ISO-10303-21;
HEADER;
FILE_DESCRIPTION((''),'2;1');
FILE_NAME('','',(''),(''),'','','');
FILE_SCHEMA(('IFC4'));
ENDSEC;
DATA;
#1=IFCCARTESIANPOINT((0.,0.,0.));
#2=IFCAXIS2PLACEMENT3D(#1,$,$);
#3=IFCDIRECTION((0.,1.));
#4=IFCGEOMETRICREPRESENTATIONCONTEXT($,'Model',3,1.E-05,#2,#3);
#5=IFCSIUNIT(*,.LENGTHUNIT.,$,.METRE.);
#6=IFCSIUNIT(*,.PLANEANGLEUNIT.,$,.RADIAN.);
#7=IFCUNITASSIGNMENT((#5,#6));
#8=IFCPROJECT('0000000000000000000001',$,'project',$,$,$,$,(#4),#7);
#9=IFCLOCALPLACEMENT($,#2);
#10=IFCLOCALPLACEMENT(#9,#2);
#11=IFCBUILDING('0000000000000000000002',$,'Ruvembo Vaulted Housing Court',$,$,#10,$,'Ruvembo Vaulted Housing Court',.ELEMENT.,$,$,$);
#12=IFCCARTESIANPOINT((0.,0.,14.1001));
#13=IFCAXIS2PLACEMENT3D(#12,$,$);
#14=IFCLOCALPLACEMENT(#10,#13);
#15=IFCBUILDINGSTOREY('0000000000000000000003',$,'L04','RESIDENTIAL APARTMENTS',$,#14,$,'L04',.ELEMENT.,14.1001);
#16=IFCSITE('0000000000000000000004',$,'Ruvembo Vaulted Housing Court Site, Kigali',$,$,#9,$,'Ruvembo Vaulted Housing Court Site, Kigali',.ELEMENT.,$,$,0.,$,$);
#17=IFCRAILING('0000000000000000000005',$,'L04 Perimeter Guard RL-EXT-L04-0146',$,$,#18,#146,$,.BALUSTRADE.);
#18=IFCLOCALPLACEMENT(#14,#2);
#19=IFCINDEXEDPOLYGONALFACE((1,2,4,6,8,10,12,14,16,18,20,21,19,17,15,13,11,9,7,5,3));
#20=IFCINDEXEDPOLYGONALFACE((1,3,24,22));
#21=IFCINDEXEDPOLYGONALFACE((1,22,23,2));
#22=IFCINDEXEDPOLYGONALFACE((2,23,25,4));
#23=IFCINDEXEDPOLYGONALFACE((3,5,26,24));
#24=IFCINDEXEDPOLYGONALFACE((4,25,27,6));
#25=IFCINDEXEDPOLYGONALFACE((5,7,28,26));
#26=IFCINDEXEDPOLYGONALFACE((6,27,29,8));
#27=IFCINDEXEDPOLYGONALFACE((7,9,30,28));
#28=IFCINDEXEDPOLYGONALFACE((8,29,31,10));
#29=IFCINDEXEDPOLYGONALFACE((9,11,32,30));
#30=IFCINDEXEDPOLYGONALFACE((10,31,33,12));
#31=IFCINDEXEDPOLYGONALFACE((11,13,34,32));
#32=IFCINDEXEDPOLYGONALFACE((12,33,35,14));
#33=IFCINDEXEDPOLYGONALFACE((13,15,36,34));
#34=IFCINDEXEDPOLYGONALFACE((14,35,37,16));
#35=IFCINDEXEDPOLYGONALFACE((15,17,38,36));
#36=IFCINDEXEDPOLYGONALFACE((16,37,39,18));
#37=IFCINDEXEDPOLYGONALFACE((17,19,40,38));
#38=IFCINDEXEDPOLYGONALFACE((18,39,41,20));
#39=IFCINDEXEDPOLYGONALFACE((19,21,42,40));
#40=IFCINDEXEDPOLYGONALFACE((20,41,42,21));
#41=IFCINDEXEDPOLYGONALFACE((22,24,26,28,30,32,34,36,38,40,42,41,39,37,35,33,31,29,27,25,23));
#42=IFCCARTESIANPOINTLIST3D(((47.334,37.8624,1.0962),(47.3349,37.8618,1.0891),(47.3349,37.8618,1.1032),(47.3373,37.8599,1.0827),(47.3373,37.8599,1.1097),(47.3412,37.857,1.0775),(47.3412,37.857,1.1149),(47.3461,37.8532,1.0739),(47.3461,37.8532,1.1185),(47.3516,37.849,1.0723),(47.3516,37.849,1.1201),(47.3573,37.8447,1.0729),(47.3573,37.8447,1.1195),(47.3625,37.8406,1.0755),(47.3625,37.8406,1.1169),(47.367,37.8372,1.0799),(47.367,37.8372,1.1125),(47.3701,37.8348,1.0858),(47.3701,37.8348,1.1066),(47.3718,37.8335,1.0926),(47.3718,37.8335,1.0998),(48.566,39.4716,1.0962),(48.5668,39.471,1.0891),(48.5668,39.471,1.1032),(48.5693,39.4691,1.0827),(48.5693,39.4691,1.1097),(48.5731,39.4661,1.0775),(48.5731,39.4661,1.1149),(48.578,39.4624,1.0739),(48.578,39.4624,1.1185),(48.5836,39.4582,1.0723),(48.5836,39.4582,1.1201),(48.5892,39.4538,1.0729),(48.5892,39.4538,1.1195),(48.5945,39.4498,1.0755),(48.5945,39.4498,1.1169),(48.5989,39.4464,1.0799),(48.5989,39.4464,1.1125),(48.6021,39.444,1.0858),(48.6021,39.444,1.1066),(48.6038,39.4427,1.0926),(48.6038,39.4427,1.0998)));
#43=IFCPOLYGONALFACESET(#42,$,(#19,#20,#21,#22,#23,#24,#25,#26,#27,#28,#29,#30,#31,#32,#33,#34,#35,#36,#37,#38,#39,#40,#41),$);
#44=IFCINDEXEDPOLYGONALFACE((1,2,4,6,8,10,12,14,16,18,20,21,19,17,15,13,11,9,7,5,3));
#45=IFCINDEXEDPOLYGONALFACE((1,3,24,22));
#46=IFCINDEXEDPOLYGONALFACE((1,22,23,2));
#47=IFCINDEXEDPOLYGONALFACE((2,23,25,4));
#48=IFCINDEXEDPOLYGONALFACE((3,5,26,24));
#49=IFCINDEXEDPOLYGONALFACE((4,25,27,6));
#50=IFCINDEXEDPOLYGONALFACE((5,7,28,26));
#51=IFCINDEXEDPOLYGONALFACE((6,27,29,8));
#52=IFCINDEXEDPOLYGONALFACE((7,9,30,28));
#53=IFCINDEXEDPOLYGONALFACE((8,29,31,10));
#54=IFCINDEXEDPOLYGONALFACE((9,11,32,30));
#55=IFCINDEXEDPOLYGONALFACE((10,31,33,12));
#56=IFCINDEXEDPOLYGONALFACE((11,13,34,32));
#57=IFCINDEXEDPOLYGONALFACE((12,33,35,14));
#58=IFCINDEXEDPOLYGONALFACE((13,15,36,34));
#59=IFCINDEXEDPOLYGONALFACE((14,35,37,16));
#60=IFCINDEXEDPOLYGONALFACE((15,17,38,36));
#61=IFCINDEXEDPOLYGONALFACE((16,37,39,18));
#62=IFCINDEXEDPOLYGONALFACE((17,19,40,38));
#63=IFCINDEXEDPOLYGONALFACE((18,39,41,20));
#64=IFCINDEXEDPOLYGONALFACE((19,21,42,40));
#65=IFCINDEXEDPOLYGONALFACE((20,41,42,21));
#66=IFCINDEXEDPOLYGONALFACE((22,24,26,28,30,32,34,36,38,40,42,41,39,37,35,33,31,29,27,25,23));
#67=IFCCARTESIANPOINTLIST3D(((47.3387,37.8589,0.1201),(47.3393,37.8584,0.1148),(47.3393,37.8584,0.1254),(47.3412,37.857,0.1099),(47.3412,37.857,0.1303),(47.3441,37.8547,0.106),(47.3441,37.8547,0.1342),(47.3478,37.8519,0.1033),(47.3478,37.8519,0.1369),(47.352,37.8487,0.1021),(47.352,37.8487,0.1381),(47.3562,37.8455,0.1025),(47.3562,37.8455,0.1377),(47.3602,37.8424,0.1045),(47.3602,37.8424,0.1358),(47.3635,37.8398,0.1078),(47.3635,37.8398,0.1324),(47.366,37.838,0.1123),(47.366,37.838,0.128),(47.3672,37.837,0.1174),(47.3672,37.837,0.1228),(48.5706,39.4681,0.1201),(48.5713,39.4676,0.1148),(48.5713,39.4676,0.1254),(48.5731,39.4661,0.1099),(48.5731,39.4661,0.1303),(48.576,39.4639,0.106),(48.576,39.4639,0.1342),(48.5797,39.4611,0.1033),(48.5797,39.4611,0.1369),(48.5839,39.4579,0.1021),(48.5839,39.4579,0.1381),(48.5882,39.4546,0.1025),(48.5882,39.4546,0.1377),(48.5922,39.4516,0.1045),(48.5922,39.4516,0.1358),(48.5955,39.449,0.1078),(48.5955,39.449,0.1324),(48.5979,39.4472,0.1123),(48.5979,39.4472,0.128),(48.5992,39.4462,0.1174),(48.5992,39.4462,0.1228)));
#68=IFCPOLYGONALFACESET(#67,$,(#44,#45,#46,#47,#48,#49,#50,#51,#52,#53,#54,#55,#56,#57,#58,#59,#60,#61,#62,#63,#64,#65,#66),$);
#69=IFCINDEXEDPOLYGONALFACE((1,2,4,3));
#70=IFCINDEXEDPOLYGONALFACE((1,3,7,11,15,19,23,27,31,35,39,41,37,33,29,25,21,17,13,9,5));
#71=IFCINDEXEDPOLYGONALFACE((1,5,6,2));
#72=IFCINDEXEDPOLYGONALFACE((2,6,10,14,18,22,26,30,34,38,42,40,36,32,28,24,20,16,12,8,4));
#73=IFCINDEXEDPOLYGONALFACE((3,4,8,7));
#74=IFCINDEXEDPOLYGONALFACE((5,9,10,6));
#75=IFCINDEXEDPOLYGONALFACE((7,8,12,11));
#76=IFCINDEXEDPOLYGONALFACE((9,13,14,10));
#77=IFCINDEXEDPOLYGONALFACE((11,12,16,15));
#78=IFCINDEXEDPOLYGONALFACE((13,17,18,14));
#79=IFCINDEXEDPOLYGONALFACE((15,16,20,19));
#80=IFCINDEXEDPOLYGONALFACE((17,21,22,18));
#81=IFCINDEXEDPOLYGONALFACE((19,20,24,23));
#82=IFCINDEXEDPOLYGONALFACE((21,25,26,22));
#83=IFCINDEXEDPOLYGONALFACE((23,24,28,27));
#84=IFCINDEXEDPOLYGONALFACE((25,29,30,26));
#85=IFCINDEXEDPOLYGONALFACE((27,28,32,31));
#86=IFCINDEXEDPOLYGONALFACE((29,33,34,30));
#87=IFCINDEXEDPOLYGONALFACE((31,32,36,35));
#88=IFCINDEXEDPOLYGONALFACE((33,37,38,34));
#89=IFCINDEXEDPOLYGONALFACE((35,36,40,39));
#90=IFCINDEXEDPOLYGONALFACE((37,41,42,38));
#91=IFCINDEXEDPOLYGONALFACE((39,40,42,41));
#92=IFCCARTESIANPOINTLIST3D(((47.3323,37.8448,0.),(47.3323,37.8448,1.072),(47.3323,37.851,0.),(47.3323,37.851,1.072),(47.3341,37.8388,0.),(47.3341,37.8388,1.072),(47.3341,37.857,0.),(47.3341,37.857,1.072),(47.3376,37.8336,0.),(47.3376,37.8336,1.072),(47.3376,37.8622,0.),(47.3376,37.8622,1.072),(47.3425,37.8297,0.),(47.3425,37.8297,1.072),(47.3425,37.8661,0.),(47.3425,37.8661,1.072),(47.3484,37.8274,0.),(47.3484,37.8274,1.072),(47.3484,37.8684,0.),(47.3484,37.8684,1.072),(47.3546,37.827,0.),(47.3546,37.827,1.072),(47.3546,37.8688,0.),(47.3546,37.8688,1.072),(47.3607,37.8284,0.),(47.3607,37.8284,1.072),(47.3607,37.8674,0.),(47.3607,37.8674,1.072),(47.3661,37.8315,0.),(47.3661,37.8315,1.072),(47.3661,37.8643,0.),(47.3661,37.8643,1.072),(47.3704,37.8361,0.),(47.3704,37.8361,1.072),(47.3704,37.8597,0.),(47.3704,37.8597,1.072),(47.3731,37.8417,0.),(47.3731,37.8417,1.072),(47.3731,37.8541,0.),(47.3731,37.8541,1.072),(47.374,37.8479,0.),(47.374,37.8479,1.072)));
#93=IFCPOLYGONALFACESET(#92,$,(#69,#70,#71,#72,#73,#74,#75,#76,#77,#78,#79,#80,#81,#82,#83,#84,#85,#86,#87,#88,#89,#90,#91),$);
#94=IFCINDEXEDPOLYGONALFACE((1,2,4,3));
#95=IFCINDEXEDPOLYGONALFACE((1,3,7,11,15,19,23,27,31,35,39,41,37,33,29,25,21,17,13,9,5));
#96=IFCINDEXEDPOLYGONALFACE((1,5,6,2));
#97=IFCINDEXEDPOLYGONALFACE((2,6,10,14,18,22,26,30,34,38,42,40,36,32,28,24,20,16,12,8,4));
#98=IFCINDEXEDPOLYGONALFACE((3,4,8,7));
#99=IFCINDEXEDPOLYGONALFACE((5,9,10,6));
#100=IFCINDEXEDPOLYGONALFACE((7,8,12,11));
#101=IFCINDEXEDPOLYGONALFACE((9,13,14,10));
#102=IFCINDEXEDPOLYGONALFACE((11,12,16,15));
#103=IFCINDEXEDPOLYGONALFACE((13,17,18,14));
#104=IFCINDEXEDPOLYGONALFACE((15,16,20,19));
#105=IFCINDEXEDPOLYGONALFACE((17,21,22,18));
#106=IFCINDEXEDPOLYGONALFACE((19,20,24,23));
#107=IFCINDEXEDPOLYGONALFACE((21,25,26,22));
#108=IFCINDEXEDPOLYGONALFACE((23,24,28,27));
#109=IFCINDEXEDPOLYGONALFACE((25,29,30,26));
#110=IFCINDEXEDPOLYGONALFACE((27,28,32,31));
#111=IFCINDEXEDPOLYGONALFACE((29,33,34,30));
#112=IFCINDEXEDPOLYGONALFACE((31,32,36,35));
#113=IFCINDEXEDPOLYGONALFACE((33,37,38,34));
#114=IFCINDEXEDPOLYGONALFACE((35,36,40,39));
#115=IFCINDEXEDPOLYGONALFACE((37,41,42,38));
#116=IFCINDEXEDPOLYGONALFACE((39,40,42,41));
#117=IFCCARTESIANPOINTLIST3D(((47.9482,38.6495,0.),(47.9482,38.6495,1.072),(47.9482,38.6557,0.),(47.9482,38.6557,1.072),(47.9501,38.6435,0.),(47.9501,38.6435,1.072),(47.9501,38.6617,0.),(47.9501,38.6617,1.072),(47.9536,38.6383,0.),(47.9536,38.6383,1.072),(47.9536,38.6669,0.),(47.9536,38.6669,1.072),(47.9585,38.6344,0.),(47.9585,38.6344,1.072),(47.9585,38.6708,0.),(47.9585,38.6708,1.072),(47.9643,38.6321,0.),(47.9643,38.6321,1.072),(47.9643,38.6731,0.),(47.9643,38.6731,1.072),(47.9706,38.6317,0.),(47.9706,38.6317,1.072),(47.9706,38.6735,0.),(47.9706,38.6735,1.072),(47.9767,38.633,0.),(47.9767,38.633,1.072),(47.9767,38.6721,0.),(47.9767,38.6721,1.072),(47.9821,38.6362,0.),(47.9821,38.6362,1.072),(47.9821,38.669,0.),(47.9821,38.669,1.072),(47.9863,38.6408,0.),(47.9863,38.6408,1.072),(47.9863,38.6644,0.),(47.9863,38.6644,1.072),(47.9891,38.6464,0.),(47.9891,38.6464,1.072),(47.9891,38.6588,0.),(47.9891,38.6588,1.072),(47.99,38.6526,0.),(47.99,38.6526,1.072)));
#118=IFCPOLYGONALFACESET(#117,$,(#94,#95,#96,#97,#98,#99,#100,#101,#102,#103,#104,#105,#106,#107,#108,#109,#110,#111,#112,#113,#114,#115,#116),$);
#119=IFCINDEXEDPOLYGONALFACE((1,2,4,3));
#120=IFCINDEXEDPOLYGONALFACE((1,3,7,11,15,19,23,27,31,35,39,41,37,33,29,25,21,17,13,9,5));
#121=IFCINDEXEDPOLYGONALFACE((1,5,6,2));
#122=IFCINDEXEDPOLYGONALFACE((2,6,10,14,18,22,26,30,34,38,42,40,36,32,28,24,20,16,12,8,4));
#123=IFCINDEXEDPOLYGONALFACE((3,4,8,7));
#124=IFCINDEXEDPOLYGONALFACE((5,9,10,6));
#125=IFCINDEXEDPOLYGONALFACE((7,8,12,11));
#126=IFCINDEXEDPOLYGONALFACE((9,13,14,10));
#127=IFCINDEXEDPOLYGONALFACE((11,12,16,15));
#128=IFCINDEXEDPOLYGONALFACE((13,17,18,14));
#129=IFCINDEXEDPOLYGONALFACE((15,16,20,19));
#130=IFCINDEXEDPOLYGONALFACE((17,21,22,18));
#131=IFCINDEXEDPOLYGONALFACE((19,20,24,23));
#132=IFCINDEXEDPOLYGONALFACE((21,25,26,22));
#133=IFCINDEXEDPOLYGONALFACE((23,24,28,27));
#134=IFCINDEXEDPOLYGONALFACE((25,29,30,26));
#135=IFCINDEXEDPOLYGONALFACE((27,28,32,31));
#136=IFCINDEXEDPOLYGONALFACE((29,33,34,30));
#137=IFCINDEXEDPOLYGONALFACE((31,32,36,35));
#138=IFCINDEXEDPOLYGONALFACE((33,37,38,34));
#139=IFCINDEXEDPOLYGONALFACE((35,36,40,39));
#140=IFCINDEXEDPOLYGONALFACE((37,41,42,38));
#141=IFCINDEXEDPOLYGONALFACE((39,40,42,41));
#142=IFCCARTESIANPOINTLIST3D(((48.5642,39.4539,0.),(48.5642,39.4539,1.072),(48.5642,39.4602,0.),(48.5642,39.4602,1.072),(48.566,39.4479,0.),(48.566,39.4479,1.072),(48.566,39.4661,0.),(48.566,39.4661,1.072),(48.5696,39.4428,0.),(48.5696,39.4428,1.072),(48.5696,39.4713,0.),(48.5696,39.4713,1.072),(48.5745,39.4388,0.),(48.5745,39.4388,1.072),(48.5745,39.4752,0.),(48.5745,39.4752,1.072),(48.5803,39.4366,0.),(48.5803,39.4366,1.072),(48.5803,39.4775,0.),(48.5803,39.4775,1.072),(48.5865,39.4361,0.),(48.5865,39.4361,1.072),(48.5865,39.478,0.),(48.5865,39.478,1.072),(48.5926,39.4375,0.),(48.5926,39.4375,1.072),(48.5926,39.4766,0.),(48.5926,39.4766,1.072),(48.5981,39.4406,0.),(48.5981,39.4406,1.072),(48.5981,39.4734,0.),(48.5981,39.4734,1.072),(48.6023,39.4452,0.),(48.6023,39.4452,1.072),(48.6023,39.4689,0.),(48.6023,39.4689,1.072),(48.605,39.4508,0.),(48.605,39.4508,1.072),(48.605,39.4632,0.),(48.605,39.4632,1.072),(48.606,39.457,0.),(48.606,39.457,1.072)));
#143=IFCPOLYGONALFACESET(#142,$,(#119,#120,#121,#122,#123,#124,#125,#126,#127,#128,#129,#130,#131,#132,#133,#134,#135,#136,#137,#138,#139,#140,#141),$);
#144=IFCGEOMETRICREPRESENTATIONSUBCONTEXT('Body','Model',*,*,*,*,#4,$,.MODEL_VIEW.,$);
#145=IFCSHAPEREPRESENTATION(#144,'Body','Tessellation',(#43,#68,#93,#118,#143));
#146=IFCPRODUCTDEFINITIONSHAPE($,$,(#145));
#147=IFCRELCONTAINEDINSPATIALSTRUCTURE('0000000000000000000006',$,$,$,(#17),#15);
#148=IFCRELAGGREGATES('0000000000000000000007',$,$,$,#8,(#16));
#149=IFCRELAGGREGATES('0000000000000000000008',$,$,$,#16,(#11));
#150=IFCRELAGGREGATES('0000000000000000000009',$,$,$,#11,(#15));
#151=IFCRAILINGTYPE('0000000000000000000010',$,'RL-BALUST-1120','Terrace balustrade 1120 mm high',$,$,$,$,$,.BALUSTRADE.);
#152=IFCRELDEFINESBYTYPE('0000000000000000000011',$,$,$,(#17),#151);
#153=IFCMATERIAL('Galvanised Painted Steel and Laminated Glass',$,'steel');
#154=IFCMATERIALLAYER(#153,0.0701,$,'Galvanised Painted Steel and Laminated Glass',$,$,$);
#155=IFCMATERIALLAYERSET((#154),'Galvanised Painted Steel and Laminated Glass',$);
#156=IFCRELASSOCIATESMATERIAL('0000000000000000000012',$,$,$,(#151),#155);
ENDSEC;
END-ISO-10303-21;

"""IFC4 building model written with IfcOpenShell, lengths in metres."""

from ifc_helpers import new_model, si_unit, direction, frame, origin, origin_2d, place, context, subcontext, project, spatial, circle, extrude, material, layer, layer_set, type_object, element, save


model = new_model("IFC4")

# Units and contexts
model_context = context("Model", 3, precision=1e-05, world=origin(), true_north=direction((0.0, 1.0)))
body_context = subcontext(model_context, "Body", "Model", "MODEL_VIEW")
ifc_project = project(units=[si_unit("LENGTHUNIT", "METRE"), si_unit("PLANEANGLEUNIT", "RADIAN")], contexts=[model_context])

# Site, building, storey
site_placement = place(None, origin())
site = spatial("IfcSite", under=ifc_project, at=site_placement, Name="Ruvembo Vaulted Housing Court Site, Kigali", LongName="Ruvembo Vaulted Housing Court Site, Kigali", CompositionType="ELEMENT", RefElevation=0.0)
building_placement = place(site_placement, origin())
building = spatial("IfcBuilding", under=site, at=building_placement, Name="Ruvembo Vaulted Housing Court", LongName="Ruvembo Vaulted Housing Court", CompositionType="ELEMENT")
storey_placement = place(building_placement, frame((0.0, 0.0, 14.1001)))
storey = spatial("IfcBuildingStorey", under=building, at=storey_placement, Name="L04", Description="RESIDENTIAL APARTMENTS", LongName="L04", CompositionType="ELEMENT", Elevation=14.1001)

# Railing
ifc_material_1 = material(Name="Galvanised Painted Steel and Laminated Glass", Category="steel")
ifc_layer_1 = layer(ifc_material_1, 0.0701, Name="Galvanised Painted Steel and Laminated Glass")
ifc_layer_set_1 = layer_set([ifc_layer_1], Name="Galvanised Painted Steel and Laminated Glass")
railing_type = type_object("IfcRailingType", Name="RL-BALUST-1120", Description="Terrace balustrade 1120 mm high", PredefinedType="BALUSTRADE", material=ifc_layer_set_1)
railing_placement = place(storey_placement, frame((47.353, 37.8479, 0.0)))
element("IfcRailing", 1, at=railing_placement, inside=storey, type_object=railing_type, Name="L04 Perimeter Guard RL-EXT-L04-0146", PredefinedType="BALUSTRADE", context=body_context, shape_type="SweptSolid", body=[
    extrude(circle(Radius=0.0239, at=origin_2d()), frame((0.0, 0.0, 1.0962), z_axis=(0.607893, 0.794019, 0.0), x_axis=(-0.794019, 0.607893, 0.0)), (0.0, 0.0, 1.0), 2.0266),
    extrude(circle(Radius=0.0181, at=origin_2d()), frame((0.0, 0.0, 0.1201), z_axis=(0.607893, 0.794019, 0.0), x_axis=(-0.794019, 0.607893, 0.0)), (0.0, 0.0, 1.0), 2.0266),
    extrude(circle(Radius=0.021, at=origin_2d()), origin(), (0.0, 0.0, 1.0), 1.072),
    extrude(circle(Radius=0.021, at=origin_2d()), frame((0.616, 0.8047, 0.0)), (0.0, 0.0, 1.0), 1.072),
    extrude(circle(Radius=0.021, at=origin_2d()), frame((1.2319, 1.6091, 0.0)), (0.0, 0.0, 1.0), 1.072),
])

save(model, "model.ifc")
